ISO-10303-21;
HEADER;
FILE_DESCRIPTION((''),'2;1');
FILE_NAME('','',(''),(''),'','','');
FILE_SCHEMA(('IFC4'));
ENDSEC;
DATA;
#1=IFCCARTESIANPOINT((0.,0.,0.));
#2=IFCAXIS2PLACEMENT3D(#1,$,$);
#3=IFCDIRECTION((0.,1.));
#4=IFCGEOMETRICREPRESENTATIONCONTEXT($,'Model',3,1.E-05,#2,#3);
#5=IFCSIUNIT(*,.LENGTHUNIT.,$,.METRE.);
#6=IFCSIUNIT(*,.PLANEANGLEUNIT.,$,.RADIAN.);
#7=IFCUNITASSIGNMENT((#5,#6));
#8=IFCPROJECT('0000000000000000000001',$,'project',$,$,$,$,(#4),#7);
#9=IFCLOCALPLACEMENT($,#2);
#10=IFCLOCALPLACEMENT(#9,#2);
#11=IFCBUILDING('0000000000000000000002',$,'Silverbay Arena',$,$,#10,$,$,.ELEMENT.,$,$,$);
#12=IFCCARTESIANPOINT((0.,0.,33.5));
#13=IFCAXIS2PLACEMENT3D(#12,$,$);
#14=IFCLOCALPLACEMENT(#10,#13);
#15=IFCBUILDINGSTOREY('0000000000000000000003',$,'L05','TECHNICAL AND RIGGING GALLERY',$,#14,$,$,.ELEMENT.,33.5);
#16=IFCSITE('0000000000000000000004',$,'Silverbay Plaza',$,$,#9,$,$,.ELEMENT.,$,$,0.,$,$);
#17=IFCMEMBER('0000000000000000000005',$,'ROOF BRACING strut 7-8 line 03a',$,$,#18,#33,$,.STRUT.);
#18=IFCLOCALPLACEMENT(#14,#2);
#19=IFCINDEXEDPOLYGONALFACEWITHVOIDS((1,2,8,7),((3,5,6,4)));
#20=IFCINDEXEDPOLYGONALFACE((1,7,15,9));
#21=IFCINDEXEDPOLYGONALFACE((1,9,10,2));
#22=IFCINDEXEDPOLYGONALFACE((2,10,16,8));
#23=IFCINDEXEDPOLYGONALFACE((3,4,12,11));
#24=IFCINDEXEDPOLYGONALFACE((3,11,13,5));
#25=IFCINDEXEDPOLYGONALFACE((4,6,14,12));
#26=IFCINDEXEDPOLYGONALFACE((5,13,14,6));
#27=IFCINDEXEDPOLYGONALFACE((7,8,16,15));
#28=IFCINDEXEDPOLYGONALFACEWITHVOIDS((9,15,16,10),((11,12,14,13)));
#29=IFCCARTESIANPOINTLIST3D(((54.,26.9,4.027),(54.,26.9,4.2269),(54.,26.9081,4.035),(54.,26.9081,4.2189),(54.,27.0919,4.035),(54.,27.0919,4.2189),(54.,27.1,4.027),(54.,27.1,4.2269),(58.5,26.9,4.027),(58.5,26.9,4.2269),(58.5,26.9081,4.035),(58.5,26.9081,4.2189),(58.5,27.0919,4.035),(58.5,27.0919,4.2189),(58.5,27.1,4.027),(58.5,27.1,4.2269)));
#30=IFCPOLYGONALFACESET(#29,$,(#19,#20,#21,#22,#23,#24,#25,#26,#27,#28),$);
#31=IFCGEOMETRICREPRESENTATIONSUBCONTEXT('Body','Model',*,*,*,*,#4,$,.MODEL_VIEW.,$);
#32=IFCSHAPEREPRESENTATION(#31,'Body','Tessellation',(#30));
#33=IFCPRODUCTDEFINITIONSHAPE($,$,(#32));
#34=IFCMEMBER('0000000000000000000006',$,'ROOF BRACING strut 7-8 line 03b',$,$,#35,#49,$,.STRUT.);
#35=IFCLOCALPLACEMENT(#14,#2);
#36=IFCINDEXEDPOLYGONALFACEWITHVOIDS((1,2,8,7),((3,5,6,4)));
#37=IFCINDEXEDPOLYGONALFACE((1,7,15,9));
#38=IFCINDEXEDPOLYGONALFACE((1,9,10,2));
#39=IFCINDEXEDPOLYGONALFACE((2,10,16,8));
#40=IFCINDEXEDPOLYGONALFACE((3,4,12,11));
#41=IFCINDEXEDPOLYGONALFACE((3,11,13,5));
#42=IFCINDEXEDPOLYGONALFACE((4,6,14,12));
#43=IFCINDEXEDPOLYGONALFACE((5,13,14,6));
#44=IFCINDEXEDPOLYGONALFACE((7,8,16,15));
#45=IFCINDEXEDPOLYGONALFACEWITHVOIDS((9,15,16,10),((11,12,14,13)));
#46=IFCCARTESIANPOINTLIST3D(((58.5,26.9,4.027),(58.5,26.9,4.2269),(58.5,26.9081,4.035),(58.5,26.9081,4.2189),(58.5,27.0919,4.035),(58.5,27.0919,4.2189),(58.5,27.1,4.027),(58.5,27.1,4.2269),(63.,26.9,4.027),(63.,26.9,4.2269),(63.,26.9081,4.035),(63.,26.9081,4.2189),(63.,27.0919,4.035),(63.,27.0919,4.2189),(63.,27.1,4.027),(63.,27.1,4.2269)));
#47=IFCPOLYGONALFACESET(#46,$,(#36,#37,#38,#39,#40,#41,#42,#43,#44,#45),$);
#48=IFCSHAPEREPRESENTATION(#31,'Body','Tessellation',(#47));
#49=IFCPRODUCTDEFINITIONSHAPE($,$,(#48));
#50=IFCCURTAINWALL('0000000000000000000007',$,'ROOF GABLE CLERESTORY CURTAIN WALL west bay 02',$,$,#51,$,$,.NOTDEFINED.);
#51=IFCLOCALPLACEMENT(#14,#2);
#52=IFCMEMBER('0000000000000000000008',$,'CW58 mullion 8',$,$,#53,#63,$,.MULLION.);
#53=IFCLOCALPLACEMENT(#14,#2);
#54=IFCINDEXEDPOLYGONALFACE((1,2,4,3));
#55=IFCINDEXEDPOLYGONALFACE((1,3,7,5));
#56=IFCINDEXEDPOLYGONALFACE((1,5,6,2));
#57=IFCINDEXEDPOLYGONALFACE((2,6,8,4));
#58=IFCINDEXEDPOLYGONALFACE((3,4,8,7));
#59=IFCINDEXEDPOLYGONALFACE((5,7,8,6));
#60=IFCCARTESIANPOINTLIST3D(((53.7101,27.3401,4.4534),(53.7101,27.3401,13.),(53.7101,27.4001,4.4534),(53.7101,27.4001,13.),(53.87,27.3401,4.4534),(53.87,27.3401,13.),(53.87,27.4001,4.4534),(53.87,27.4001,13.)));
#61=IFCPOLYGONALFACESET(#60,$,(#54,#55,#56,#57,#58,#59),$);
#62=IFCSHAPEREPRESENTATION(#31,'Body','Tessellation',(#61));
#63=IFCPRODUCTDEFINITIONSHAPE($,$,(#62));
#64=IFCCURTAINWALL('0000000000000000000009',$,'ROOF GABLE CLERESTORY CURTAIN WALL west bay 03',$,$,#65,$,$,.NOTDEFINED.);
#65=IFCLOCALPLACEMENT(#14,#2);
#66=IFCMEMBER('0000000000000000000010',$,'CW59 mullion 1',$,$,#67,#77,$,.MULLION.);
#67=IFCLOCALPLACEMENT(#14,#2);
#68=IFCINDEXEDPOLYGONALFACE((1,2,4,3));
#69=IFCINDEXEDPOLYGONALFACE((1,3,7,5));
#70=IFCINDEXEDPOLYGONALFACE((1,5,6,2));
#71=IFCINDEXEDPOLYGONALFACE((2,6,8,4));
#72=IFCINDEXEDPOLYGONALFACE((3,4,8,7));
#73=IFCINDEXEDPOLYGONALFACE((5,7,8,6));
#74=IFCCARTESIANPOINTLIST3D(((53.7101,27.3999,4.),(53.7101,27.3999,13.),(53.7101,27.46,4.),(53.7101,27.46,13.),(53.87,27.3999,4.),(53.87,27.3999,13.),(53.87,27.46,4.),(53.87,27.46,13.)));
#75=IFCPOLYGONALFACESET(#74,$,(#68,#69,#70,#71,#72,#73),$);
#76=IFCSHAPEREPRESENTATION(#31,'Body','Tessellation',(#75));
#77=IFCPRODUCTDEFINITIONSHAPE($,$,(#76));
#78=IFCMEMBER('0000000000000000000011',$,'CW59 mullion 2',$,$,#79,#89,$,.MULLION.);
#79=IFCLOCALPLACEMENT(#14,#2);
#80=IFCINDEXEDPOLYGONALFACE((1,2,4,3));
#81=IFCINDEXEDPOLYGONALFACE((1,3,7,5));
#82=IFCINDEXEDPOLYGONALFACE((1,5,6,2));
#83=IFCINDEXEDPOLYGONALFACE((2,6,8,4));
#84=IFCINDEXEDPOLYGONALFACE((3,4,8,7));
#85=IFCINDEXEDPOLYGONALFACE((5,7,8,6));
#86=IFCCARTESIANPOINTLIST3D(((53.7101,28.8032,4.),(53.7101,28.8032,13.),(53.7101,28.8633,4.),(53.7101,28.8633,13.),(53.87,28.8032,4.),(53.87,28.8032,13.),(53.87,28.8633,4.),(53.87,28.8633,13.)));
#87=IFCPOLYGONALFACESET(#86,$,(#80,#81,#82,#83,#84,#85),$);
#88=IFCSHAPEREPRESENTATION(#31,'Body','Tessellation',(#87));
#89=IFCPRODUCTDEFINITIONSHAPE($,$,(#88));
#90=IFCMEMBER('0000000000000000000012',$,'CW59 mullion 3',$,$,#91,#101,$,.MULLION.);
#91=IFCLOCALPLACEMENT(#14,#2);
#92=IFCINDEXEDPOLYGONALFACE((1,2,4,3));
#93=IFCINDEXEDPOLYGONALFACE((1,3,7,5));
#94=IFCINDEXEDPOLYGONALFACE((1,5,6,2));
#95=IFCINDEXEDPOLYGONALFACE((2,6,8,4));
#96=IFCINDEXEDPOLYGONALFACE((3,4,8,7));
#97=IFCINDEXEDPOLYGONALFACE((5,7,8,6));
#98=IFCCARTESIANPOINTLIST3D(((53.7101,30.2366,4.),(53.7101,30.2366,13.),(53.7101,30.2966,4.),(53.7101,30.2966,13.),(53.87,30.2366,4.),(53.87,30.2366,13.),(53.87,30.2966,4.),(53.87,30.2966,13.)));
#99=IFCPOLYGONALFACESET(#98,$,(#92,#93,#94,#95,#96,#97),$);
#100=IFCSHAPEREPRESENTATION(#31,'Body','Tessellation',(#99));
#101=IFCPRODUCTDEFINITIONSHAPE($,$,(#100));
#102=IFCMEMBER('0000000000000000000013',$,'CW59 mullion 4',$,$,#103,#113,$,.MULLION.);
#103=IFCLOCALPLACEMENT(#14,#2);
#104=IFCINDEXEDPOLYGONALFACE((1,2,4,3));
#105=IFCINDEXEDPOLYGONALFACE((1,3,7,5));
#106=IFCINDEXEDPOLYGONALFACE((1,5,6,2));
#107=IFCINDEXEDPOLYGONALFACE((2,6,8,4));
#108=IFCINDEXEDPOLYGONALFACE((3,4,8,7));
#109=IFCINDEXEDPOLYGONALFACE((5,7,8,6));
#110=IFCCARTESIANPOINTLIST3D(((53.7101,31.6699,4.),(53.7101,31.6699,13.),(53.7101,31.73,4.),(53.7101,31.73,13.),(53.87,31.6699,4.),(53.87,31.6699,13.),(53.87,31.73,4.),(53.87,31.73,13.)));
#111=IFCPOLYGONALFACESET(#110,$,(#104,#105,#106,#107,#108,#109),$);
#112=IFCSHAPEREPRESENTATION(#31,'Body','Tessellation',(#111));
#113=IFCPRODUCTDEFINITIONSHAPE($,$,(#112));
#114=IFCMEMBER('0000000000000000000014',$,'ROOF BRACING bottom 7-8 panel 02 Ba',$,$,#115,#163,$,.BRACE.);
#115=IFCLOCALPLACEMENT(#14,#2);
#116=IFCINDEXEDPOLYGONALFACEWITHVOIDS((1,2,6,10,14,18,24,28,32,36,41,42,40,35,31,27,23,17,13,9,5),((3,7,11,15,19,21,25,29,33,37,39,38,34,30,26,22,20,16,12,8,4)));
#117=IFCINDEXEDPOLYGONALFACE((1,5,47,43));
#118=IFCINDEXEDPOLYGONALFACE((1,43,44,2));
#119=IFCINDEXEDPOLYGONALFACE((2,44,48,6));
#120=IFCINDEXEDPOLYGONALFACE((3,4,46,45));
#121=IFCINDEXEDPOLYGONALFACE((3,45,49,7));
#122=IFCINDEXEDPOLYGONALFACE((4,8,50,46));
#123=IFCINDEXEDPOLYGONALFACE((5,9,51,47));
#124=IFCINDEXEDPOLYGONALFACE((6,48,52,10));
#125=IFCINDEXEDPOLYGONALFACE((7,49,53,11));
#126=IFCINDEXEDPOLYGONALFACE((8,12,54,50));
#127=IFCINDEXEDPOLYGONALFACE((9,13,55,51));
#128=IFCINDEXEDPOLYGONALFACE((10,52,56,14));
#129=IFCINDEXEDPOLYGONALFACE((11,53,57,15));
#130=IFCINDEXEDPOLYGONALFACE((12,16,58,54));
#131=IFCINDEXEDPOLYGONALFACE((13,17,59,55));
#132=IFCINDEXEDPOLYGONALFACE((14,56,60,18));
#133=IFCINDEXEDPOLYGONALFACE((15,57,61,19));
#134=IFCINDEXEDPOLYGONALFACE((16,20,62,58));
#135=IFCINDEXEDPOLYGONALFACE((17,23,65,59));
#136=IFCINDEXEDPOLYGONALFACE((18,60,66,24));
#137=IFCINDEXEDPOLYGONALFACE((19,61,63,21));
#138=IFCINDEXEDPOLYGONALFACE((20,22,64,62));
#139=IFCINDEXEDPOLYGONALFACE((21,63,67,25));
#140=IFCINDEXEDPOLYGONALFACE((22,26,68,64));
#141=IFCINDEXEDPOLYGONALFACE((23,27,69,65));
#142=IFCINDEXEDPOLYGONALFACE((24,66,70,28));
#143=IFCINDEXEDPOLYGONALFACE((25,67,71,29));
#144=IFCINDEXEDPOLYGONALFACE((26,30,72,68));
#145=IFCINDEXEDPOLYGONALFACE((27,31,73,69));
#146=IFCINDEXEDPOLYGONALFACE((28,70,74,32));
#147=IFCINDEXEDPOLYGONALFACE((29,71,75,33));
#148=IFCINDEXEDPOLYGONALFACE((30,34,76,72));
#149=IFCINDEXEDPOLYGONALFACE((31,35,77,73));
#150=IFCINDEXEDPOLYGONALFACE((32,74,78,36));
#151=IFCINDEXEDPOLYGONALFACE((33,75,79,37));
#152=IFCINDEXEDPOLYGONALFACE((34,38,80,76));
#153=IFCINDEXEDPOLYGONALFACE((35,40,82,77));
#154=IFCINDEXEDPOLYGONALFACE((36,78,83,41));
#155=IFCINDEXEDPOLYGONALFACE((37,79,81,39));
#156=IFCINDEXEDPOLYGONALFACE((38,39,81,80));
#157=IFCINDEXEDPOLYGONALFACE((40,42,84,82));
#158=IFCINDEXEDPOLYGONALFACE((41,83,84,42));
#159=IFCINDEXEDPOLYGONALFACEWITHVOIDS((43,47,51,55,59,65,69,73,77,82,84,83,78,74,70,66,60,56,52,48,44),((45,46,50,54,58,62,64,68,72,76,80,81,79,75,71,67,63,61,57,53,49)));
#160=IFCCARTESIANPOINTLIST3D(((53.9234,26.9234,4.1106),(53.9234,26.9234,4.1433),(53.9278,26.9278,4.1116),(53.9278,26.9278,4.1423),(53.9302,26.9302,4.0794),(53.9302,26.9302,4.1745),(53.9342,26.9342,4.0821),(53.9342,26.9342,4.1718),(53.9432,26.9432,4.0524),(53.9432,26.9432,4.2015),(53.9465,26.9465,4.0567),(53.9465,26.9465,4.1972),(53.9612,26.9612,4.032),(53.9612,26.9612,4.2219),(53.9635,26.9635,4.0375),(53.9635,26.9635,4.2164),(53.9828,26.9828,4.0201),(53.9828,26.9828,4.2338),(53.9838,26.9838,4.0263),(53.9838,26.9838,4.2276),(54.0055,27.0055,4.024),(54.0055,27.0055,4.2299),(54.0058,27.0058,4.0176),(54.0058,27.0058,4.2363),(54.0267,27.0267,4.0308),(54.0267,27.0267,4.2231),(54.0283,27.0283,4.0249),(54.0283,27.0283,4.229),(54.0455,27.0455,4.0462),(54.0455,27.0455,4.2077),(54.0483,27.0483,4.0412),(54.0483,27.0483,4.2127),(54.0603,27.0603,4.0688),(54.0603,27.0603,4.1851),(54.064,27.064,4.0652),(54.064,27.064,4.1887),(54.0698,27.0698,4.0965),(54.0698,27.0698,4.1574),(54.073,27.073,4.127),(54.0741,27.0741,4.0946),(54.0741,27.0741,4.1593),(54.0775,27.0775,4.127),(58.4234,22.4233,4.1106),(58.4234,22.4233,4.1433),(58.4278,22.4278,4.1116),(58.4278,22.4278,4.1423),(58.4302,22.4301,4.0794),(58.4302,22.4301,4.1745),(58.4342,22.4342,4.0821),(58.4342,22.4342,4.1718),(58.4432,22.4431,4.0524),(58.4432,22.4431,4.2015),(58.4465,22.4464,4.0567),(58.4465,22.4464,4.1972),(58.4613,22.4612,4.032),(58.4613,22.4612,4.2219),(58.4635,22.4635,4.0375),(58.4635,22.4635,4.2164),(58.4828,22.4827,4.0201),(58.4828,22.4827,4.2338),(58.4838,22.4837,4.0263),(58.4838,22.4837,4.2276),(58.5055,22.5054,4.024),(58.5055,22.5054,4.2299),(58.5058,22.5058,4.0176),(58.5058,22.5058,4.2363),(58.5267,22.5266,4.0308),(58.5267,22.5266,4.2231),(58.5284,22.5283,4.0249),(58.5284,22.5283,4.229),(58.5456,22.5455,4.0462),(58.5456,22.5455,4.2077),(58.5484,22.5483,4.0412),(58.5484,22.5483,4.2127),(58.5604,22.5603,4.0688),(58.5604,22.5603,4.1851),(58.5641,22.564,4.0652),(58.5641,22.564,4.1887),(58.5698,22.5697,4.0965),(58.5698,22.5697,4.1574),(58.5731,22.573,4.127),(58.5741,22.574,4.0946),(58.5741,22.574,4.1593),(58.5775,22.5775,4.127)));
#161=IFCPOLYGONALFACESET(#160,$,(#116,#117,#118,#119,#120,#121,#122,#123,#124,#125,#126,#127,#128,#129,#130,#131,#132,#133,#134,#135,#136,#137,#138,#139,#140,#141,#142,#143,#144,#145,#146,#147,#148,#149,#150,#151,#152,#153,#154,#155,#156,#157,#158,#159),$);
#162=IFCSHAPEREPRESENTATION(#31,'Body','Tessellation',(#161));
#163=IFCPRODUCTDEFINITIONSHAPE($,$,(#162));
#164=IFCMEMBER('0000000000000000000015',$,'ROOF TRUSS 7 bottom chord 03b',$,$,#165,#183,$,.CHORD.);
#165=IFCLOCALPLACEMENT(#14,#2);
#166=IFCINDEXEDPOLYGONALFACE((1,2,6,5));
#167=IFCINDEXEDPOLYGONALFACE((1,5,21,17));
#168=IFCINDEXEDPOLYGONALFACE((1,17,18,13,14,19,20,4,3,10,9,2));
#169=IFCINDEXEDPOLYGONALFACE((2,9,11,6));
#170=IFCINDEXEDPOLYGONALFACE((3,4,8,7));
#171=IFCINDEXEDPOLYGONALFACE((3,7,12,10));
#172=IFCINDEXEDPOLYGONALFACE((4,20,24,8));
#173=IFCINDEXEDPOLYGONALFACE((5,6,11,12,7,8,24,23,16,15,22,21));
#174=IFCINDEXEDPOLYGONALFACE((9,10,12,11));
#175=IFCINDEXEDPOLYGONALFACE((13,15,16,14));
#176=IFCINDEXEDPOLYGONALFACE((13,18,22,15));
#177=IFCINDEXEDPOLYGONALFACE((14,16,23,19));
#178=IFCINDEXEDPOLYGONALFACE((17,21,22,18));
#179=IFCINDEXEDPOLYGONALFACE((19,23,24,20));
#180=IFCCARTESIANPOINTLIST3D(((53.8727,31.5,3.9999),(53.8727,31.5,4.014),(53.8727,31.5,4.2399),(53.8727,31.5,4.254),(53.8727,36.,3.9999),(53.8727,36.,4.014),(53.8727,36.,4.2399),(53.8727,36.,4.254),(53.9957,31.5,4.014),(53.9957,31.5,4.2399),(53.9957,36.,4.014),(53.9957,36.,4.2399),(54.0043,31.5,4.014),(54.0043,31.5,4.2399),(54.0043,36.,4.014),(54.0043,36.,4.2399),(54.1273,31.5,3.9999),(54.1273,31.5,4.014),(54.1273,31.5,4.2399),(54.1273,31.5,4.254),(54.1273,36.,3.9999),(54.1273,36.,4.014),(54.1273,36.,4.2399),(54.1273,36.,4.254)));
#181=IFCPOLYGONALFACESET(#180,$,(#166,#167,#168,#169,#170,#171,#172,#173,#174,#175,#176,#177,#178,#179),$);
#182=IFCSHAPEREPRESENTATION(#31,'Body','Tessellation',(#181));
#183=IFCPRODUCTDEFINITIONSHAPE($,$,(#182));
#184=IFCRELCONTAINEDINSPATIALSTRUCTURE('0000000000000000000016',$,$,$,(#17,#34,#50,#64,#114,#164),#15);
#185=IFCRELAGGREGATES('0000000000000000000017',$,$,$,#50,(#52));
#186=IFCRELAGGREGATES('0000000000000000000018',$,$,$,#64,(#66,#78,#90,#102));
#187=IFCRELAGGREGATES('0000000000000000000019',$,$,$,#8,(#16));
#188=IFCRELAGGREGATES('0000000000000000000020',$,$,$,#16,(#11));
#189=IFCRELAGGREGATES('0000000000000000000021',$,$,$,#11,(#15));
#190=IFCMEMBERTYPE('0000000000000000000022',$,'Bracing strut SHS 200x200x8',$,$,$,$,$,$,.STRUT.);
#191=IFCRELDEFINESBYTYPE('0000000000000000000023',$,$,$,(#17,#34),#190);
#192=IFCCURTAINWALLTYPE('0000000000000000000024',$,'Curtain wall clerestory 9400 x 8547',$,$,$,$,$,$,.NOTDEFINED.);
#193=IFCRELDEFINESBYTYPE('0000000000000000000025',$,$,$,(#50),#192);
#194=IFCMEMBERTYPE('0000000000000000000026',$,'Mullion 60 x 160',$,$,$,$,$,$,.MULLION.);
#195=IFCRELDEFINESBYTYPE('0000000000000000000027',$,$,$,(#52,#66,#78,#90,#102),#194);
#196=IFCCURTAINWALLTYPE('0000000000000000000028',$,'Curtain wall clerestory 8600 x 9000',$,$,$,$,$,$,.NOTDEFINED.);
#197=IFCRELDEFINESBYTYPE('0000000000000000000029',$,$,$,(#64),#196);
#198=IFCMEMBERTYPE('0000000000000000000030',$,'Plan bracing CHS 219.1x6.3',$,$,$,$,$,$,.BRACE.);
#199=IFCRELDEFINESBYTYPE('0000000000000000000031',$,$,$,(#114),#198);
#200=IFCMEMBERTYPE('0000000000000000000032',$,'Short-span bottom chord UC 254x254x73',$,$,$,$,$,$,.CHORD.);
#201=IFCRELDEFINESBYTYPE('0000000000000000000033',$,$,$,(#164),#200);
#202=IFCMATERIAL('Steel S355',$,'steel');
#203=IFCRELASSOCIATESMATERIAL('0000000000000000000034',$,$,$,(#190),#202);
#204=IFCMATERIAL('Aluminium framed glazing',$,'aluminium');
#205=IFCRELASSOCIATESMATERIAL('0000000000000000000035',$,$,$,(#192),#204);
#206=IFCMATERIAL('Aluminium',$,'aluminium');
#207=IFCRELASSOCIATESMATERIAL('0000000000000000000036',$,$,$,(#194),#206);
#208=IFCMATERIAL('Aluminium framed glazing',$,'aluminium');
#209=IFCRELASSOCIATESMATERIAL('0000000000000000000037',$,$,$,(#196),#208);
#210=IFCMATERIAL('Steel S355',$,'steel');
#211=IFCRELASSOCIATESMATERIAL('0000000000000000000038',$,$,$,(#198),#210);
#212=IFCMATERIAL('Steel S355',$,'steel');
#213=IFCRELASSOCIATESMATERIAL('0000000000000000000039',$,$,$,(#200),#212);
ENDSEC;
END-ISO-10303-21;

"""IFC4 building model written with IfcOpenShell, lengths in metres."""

from ifc_helpers import new_model, si_unit, direction, frame, origin, origin_2d, place, context, subcontext, project, spatial, rectangle, hollow_rectangle, hollow_circle, i_section, extrude, material, material_profile, profile_set, type_object, element, aggregate, save


model = new_model("IFC4")

# Units and contexts
model_context = context("Model", 3, precision=1e-05, world=origin(), true_north=direction((0.0, 1.0)))
body_context = subcontext(model_context, "Body", "Model", "MODEL_VIEW")
ifc_project = project(units=[si_unit("LENGTHUNIT", "METRE"), si_unit("PLANEANGLEUNIT", "RADIAN")], contexts=[model_context])

# Site, building, storey
site_placement = place(None, origin())
site = spatial("IfcSite", under=ifc_project, at=site_placement, Name="Silverbay Plaza", CompositionType="ELEMENT", RefElevation=0.0)
building_placement = place(site_placement, origin())
building = spatial("IfcBuilding", under=site, at=building_placement, Name="Silverbay Arena", CompositionType="ELEMENT")
storey_placement = place(building_placement, frame((0.0, 0.0, 33.5)))
storey = spatial("IfcBuildingStorey", under=building, at=storey_placement, Name="L05", Description="TECHNICAL AND RIGGING GALLERY", CompositionType="ELEMENT", Elevation=33.5)

# Members
ifc_material_1 = material(Name="Steel S355", Category="steel")
ifc_material_profile_1 = material_profile(ifc_material_1, hollow_rectangle(XDim=0.2, YDim=0.2, WallThickness=0.0081, at=origin_2d()), Name="SHS 200x200x8")
ifc_profile_set_1 = profile_set([ifc_material_profile_1], Name="Steel S355")
member_type_1 = type_object("IfcMemberType", Name="Bracing strut SHS 200x200x8", PredefinedType="STRUT", material=ifc_profile_set_1)
for number, where, z_axis, x_axis, name in (
    (1, (54.0, 27.0, 4.127), (1.0, 0.0, 0.0), (0.0, 1.0, 0.0), "ROOF BRACING strut 7-8 line 03a"),
    (2, (58.5, 27.0, 4.127), (1.0, 0.0, 0.0), (0.0, 1.0, 0.0), "ROOF BRACING strut 7-8 line 03b"),
):
    element("IfcMember", number, at=place(storey_placement, frame(where, z_axis=z_axis, x_axis=x_axis)), inside=storey, type_object=member_type_1, Name=name, PredefinedType="STRUT", context=body_context, shape_type="SweptSolid", body=[
        extrude(hollow_rectangle(XDim=0.2, YDim=0.2, WallThickness=0.0081, at=origin_2d()), origin(), (0.0, 0.0, 1.0), 4.5),
    ])

# Curtain wall, member
ifc_material_2 = material(Name="Aluminium framed glazing", Category="aluminium")
curtain_wall_type_1 = type_object("IfcCurtainWallType", Name="Curtain wall clerestory 9400 x 8547", PredefinedType="NOTDEFINED", material=ifc_material_2)
curtain_wall_1_placement = place(storey_placement, origin())
curtain_wall_1 = element("IfcCurtainWall", 3, at=curtain_wall_1_placement, inside=storey, type_object=curtain_wall_type_1, Name="ROOF GABLE CLERESTORY CURTAIN WALL west bay 02", PredefinedType="NOTDEFINED")
ifc_material_3 = material(Name="Aluminium", Category="aluminium")
ifc_material_profile_2 = material_profile(ifc_material_3, rectangle(XDim=0.1599, YDim=0.0601, at=origin_2d()), Name="Mullion 60 x 160")
ifc_profile_set_2 = profile_set([ifc_material_profile_2], Name="Aluminium")
member_type_2 = type_object("IfcMemberType", Name="Mullion 60 x 160", PredefinedType="MULLION", material=ifc_profile_set_2)
member_1_placement = place(storey_placement, frame((53.79, 27.3701, 4.4534), z_axis=(0.0, 0.0, 1.0), x_axis=(-1.0, 0.0, 0.0)))
member_1 = element("IfcMember", 4, at=member_1_placement, type_object=member_type_2, Name="CW58 mullion 8", PredefinedType="MULLION", context=body_context, shape_type="SweptSolid", body=[
    extrude(rectangle(XDim=0.1599, YDim=0.0601, at=origin_2d()), origin(), (0.0, 0.0, 1.0), 8.5466),
])
aggregate(curtain_wall_1, [member_1])

# Curtain wall, members
ifc_material_4 = material(Name="Aluminium framed glazing", Category="aluminium")
curtain_wall_type_2 = type_object("IfcCurtainWallType", Name="Curtain wall clerestory 8600 x 9000", PredefinedType="NOTDEFINED", material=ifc_material_4)
curtain_wall_2_placement = place(storey_placement, origin())
curtain_wall_2 = element("IfcCurtainWall", 5, at=curtain_wall_2_placement, inside=storey, type_object=curtain_wall_type_2, Name="ROOF GABLE CLERESTORY CURTAIN WALL west bay 03", PredefinedType="NOTDEFINED")
member_2_placement = place(storey_placement, frame((53.79, 27.4299, 4.0), z_axis=(0.0, 0.0, 1.0), x_axis=(-1.0, 0.0, 0.0)))
member_2 = element("IfcMember", 6, at=member_2_placement, type_object=member_type_2, Name="CW59 mullion 1", PredefinedType="MULLION", context=body_context, shape_type="SweptSolid", body=[
    extrude(rectangle(XDim=0.1599, YDim=0.0601, at=origin_2d()), origin(), (0.0, 0.0, 1.0), 9.0),
])
member_3_placement = place(storey_placement, frame((53.79, 28.8333, 4.0), z_axis=(0.0, 0.0, 1.0), x_axis=(-1.0, 0.0, 0.0)))
member_3 = element("IfcMember", 7, at=member_3_placement, type_object=member_type_2, Name="CW59 mullion 2", PredefinedType="MULLION", context=body_context, shape_type="SweptSolid", body=[
    extrude(rectangle(XDim=0.1599, YDim=0.0601, at=origin_2d()), origin(), (0.0, 0.0, 1.0), 9.0),
])
member_4_placement = place(storey_placement, frame((53.79, 30.2666, 4.0), z_axis=(0.0, 0.0, 1.0), x_axis=(-1.0, 0.0, 0.0)))
member_4 = element("IfcMember", 8, at=member_4_placement, type_object=member_type_2, Name="CW59 mullion 3", PredefinedType="MULLION", context=body_context, shape_type="SweptSolid", body=[
    extrude(rectangle(XDim=0.1599, YDim=0.0601, at=origin_2d()), origin(), (0.0, 0.0, 1.0), 9.0),
])
member_5_placement = place(storey_placement, frame((53.79, 31.7, 4.0), z_axis=(0.0, 0.0, 1.0), x_axis=(-1.0, 0.0, 0.0)))
member_5 = element("IfcMember", 9, at=member_5_placement, type_object=member_type_2, Name="CW59 mullion 4", PredefinedType="MULLION", context=body_context, shape_type="SweptSolid", body=[
    extrude(rectangle(XDim=0.1599, YDim=0.0601, at=origin_2d()), origin(), (0.0, 0.0, 1.0), 9.0),
])

# Members
ifc_material_5 = material(Name="Steel S355", Category="steel")
ifc_material_profile_3 = material_profile(ifc_material_5, hollow_circle(Radius=0.1096, WallThickness=0.0063, at=origin_2d()), Name="CHS 219.1x6.3")
ifc_profile_set_3 = profile_set([ifc_material_profile_3], Name="Steel S355")
member_type_3 = type_object("IfcMemberType", Name="Plan bracing CHS 219.1x6.3", PredefinedType="BRACE", material=ifc_profile_set_3)
member_6_placement = place(storey_placement, frame((54.0, 27.0, 4.127), z_axis=(0.707107, -0.707107, 0.0), x_axis=(0.707107, 0.707107, 0.0)))
element("IfcMember", 10, at=member_6_placement, inside=storey, type_object=member_type_3, Name="ROOF BRACING bottom 7-8 panel 02 Ba", PredefinedType="BRACE", context=body_context, shape_type="SweptSolid", body=[
    extrude(hollow_circle(Radius=0.1096, WallThickness=0.0063, at=origin_2d()), origin(), (0.0, 0.0, 1.0), 6.364),
])
ifc_material_6 = material(Name="Steel S355", Category="steel")
ifc_material_profile_4 = material_profile(ifc_material_6, i_section(OverallWidth=0.2546, OverallDepth=0.2542, WebThickness=0.0085, FlangeThickness=0.0142, at=origin_2d()), Name="UC 254x254x73")
ifc_profile_set_4 = profile_set([ifc_material_profile_4], Name="Steel S355")
member_type_4 = type_object("IfcMemberType", Name="Short-span bottom chord UC 254x254x73", PredefinedType="CHORD", material=ifc_profile_set_4)
member_7_placement = place(storey_placement, frame((54.0, 31.5, 4.127), z_axis=(0.0, 1.0, 0.0), x_axis=(-1.0, 0.0, 0.0)))
element("IfcMember", 11, at=member_7_placement, inside=storey, type_object=member_type_4, Name="ROOF TRUSS 7 bottom chord 03b", PredefinedType="CHORD", context=body_context, shape_type="SweptSolid", body=[
    extrude(i_section(OverallWidth=0.2546, OverallDepth=0.2542, WebThickness=0.0085, FlangeThickness=0.0142, at=origin_2d()), origin(), (0.0, 0.0, 1.0), 4.5),
])

aggregate(curtain_wall_2, [member_2, member_3, member_4, member_5])

save(model, "model.ifc")
